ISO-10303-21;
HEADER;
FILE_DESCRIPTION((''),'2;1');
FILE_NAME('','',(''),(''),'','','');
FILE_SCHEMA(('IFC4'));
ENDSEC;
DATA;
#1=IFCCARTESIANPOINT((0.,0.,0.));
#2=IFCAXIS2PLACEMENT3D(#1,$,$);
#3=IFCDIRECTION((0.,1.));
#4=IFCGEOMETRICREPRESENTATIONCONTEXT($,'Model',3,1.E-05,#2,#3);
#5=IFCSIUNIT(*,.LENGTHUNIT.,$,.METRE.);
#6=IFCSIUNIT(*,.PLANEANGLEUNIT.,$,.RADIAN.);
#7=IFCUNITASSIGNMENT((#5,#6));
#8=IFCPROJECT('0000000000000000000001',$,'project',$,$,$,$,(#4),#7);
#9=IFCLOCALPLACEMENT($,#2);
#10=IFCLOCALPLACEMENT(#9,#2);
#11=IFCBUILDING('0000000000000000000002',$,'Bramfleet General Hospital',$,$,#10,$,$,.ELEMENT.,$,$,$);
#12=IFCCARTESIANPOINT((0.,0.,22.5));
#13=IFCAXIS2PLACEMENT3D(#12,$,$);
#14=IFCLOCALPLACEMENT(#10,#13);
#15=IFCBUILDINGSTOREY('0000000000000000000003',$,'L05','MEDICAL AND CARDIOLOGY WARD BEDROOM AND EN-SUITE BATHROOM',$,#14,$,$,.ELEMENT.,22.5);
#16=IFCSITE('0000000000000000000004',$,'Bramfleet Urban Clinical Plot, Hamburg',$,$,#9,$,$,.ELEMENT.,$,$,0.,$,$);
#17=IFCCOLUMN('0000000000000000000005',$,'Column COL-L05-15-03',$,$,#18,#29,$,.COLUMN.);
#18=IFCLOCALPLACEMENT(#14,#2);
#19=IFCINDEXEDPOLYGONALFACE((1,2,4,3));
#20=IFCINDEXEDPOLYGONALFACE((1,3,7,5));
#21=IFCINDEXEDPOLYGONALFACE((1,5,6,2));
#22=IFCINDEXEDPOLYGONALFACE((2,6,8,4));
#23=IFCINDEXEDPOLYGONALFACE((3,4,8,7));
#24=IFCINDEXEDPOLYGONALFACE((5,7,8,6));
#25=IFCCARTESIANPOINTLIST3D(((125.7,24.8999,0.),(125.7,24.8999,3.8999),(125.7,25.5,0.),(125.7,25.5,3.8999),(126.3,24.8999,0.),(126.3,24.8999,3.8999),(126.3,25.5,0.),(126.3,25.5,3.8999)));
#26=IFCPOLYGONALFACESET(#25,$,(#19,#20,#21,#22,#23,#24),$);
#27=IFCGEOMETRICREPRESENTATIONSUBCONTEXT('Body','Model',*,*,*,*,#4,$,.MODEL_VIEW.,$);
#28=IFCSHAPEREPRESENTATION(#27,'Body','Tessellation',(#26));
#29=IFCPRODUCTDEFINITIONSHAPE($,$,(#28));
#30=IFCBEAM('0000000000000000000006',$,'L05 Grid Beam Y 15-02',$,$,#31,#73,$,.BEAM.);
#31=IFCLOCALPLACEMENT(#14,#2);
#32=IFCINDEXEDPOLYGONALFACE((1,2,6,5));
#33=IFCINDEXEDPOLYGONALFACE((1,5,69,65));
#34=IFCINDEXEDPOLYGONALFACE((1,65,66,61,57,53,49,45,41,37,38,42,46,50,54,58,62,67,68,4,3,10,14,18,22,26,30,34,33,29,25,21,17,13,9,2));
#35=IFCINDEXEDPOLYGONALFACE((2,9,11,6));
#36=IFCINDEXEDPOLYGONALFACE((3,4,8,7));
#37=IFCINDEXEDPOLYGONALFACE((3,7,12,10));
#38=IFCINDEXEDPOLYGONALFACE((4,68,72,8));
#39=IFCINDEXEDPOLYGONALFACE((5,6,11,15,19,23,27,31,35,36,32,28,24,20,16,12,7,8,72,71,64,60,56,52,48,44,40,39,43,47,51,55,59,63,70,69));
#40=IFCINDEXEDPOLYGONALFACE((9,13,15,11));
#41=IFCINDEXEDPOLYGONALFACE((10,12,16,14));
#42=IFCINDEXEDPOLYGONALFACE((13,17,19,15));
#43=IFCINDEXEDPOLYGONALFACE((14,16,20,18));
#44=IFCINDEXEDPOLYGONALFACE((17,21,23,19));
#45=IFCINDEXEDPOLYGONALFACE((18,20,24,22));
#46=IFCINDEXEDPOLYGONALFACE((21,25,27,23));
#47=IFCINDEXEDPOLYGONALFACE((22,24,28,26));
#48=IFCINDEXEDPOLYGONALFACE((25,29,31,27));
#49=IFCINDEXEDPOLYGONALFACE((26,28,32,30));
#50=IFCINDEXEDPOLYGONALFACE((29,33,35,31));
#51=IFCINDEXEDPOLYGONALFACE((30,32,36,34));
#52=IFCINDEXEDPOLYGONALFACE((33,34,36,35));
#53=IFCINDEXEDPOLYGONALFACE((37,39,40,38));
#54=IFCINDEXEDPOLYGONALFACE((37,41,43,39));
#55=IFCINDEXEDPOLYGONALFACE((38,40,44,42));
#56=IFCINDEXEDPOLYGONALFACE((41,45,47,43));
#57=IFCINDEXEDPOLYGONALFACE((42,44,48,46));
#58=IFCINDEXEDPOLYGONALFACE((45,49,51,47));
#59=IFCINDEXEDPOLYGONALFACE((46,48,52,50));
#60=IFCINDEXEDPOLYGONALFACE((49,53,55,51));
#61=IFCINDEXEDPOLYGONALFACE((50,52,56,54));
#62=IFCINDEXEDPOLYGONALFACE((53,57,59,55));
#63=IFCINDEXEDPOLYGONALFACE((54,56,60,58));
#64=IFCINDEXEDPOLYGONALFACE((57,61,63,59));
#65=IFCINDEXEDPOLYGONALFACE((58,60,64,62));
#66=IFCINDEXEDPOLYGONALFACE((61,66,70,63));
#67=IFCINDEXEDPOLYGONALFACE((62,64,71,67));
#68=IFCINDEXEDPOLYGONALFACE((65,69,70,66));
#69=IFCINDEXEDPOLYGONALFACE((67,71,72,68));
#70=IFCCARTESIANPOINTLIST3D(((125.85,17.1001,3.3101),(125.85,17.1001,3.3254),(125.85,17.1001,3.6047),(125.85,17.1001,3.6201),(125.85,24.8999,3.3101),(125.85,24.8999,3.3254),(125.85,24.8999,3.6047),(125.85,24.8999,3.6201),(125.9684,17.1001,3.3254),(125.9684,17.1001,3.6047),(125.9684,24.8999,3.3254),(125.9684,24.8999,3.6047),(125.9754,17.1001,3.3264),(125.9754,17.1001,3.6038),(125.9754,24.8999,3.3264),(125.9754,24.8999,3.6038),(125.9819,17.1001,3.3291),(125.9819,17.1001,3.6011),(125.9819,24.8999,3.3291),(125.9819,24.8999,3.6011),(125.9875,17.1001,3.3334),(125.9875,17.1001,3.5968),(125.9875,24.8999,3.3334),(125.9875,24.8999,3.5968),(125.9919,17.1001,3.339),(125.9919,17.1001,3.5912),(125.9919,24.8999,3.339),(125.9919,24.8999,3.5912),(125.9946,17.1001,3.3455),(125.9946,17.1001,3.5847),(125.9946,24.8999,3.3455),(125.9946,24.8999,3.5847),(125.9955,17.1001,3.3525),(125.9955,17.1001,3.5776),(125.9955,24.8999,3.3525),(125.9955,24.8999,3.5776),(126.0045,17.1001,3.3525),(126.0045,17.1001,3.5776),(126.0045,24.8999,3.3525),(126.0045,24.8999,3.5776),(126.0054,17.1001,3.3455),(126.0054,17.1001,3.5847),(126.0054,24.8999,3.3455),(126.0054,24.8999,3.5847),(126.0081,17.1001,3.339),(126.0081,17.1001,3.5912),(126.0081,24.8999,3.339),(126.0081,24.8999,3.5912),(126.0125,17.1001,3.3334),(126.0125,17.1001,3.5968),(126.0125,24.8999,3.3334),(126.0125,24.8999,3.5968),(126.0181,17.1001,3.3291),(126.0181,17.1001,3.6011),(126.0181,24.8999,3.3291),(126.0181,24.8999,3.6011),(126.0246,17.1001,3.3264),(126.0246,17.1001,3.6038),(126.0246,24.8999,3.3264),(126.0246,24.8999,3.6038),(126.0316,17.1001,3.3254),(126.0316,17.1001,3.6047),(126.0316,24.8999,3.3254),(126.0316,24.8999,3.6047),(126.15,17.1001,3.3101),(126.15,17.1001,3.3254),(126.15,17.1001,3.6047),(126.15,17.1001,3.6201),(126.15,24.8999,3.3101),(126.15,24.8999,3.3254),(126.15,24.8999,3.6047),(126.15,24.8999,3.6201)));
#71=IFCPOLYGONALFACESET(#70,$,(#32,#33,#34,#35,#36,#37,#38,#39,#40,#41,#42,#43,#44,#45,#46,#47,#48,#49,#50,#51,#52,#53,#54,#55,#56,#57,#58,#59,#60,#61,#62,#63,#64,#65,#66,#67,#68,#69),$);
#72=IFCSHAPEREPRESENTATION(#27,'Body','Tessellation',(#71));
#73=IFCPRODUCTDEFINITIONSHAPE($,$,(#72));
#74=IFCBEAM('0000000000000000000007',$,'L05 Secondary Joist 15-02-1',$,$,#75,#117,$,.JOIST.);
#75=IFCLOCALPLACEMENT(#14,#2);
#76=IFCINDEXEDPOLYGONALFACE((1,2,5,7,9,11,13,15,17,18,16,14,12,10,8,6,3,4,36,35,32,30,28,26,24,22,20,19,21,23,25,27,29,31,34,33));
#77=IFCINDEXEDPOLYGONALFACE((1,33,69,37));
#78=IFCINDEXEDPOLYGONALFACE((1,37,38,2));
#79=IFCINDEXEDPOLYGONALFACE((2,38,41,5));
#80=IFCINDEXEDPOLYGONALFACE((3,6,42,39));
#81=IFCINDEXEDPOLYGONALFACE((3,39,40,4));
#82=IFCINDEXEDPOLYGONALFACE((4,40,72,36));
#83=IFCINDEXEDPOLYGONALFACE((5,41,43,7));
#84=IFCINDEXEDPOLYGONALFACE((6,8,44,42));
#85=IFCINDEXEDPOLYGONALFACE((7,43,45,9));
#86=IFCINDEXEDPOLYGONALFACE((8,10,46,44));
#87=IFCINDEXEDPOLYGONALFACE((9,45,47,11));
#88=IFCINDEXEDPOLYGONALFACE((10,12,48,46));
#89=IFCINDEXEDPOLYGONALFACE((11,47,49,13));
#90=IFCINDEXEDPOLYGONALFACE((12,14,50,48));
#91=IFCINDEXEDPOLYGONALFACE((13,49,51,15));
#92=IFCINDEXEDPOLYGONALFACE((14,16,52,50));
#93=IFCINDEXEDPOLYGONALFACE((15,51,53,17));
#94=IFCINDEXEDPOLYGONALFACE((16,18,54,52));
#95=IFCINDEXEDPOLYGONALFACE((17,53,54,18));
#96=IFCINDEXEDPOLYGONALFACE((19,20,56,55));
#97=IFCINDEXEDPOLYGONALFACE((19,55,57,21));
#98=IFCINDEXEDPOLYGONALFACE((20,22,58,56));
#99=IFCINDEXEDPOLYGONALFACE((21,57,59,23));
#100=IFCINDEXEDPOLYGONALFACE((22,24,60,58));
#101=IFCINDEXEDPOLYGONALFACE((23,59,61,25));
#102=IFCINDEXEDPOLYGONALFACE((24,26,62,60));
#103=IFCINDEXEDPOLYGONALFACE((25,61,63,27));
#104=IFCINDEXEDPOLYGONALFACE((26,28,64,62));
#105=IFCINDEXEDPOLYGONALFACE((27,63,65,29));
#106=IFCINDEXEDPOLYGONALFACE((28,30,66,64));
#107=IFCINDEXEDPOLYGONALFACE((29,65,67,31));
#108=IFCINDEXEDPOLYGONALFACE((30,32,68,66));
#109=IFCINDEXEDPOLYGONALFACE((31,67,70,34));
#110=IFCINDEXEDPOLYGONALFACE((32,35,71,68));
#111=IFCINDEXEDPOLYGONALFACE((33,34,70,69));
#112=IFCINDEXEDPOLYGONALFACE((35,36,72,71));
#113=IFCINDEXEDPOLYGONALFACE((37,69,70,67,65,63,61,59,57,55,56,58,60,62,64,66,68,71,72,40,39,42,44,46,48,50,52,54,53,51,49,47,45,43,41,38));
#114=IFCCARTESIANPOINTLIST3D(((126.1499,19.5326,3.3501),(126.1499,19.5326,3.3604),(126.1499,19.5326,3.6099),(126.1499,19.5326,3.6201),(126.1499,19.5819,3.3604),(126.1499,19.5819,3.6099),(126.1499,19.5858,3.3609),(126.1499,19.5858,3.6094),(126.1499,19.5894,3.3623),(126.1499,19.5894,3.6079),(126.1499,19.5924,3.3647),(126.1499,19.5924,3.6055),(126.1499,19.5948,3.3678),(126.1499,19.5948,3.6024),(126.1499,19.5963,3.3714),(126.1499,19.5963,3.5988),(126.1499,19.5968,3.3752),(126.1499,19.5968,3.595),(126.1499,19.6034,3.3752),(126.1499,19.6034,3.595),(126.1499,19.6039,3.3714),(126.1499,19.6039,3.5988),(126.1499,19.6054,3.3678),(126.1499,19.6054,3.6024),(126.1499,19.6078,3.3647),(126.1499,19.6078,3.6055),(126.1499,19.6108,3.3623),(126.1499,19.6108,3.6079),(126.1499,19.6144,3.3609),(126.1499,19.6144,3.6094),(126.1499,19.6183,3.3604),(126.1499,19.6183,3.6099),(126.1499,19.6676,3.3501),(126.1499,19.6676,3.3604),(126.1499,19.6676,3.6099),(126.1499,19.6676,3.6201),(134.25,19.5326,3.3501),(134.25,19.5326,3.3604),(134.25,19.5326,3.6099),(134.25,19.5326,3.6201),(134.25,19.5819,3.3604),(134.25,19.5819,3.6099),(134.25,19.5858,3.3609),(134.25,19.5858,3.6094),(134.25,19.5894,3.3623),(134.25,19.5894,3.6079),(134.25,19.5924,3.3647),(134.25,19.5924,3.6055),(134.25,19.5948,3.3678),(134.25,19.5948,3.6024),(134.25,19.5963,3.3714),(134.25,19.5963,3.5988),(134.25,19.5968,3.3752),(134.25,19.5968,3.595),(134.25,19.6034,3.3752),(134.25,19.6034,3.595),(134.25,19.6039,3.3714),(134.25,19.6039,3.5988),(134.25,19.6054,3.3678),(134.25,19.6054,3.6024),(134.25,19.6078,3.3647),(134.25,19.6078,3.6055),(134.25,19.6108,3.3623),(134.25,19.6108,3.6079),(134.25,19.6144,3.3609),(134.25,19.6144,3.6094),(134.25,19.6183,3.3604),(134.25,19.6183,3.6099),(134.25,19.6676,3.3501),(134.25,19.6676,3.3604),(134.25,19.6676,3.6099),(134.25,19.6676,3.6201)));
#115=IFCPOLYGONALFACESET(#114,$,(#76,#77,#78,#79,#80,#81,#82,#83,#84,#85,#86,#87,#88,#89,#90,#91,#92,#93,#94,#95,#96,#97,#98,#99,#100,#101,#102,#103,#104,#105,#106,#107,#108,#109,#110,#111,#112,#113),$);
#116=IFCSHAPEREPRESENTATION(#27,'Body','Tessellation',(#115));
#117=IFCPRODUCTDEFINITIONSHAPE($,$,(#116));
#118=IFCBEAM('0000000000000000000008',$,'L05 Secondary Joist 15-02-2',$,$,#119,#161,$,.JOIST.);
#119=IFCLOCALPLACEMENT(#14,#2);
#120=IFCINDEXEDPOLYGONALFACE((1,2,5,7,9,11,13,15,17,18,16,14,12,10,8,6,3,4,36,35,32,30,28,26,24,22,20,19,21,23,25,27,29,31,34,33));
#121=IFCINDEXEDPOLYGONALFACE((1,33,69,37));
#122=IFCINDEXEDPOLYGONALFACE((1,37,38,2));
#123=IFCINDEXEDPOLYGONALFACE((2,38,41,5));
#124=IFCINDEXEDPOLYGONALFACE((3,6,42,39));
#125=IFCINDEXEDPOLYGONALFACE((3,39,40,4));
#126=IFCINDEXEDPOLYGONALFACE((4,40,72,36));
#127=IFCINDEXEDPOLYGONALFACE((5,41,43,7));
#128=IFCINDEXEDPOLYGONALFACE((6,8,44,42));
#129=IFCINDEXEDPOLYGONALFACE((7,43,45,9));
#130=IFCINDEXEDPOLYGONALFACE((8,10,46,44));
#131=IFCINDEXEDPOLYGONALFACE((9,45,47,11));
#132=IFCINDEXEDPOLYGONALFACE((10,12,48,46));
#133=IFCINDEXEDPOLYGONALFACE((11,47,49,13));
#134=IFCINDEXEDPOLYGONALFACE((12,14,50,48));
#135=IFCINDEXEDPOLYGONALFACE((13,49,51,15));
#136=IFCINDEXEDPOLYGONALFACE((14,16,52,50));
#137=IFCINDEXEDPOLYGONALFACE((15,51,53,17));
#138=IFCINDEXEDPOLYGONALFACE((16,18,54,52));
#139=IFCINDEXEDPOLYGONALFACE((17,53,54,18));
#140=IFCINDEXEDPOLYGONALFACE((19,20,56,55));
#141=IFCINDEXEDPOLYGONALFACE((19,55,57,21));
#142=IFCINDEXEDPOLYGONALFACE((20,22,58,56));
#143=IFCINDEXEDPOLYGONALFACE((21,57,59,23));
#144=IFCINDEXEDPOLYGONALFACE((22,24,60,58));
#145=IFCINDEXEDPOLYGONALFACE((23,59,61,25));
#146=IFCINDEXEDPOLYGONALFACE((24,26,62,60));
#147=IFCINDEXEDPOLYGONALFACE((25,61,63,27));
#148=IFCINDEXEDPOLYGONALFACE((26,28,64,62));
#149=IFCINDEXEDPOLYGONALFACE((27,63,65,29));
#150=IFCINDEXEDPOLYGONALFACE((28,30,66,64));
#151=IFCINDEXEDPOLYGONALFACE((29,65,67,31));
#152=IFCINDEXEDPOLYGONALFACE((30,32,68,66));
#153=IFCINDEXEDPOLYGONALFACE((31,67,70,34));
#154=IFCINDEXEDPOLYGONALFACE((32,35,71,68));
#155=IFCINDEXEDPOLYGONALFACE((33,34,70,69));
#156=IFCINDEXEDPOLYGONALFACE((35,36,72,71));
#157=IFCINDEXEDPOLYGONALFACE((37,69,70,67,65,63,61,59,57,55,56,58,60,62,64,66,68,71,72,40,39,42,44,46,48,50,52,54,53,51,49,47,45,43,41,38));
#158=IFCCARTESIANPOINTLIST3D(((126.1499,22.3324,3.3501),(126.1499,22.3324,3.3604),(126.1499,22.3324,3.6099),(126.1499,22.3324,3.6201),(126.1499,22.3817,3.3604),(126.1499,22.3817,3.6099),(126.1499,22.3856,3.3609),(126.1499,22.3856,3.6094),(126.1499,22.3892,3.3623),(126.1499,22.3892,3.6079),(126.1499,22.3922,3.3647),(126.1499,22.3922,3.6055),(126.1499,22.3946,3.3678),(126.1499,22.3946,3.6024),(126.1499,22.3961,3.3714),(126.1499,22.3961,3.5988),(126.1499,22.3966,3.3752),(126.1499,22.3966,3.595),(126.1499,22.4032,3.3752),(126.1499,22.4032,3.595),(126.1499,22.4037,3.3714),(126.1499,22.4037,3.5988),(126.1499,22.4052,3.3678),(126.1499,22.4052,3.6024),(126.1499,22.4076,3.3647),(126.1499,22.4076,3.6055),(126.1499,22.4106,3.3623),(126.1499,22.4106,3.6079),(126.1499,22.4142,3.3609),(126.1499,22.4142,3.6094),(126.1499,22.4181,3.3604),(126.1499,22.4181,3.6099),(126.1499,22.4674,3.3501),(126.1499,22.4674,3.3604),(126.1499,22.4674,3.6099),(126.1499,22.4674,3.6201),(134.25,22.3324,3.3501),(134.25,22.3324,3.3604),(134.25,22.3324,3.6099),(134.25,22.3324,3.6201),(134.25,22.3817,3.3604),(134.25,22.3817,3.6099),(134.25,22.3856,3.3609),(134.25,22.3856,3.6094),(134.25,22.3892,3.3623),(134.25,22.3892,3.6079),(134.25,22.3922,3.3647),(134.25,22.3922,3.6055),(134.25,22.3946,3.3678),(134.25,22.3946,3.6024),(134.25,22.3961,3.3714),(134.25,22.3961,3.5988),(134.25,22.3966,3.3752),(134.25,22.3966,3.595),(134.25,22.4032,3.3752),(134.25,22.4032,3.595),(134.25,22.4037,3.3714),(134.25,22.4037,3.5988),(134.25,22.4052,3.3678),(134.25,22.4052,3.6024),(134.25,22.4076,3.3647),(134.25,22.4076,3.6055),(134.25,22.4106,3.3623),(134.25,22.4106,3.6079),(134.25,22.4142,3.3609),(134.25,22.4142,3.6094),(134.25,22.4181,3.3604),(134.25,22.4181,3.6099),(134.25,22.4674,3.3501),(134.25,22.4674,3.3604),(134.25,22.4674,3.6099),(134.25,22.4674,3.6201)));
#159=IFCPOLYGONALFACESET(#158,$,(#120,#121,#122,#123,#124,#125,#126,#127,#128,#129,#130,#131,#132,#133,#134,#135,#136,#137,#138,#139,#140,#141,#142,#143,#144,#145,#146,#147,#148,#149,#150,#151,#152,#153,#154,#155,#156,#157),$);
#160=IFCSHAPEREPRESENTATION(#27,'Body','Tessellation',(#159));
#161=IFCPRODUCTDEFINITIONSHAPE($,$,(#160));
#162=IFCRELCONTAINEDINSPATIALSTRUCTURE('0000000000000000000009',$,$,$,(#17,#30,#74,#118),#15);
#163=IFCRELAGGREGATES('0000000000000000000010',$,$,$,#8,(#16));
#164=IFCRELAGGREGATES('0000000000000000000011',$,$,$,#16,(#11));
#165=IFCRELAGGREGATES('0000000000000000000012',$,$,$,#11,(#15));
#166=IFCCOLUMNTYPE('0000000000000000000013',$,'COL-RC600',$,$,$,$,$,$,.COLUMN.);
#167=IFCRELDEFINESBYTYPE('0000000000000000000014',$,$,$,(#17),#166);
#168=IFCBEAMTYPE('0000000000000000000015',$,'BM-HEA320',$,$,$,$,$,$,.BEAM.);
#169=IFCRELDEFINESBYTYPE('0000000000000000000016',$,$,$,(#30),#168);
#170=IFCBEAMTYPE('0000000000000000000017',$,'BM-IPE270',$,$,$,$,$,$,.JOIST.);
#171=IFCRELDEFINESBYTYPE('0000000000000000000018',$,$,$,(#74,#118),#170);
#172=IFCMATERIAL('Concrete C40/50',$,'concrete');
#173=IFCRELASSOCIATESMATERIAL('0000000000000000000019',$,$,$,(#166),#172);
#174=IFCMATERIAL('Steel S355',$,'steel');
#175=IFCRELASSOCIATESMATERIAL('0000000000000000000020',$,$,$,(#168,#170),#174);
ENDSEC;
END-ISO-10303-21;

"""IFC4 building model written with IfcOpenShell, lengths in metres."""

from ifc_helpers import new_model, si_unit, direction, frame, origin, origin_2d, place, context, subcontext, project, spatial, rectangle, i_section, extrude, material, material_profile, profile_set, type_object, element, save


model = new_model("IFC4")

# Units and contexts
model_context = context("Model", 3, precision=1e-05, world=origin(), true_north=direction((0.0, 1.0)))
body_context = subcontext(model_context, "Body", "Model", "MODEL_VIEW")
ifc_project = project(units=[si_unit("LENGTHUNIT", "METRE"), si_unit("PLANEANGLEUNIT", "RADIAN")], contexts=[model_context])

# Site, building, storey
site_placement = place(None, origin())
site = spatial("IfcSite", under=ifc_project, at=site_placement, Name="Bramfleet Urban Clinical Plot, Hamburg", CompositionType="ELEMENT", RefElevation=0.0)
building_placement = place(site_placement, origin())
building = spatial("IfcBuilding", under=site, at=building_placement, Name="Bramfleet General Hospital", CompositionType="ELEMENT")
storey_placement = place(building_placement, frame((0.0, 0.0, 22.5)))
storey = spatial("IfcBuildingStorey", under=building, at=storey_placement, Name="L05", Description="MEDICAL AND CARDIOLOGY WARD BEDROOM AND EN-SUITE BATHROOM", CompositionType="ELEMENT", Elevation=22.5)

# Column
ifc_material_1 = material(Name="Concrete C40/50", Category="concrete")
ifc_material_profile_1 = material_profile(ifc_material_1, rectangle(XDim=0.6001, YDim=0.6001, at=origin_2d()), Name="RC COL 600x600")
ifc_profile_set_1 = profile_set([ifc_material_profile_1], Name="Concrete C40/50")
column_type = type_object("IfcColumnType", Name="COL-RC600", PredefinedType="COLUMN", material=ifc_profile_set_1)
column_placement = place(storey_placement, frame((126.0, 25.2, 0.0), z_axis=(0.0, 0.0, 1.0), x_axis=(1.0, 0.0, 0.0)))
element("IfcColumn", 1, at=column_placement, inside=storey, type_object=column_type, Name="Column COL-L05-15-03", PredefinedType="COLUMN", context=body_context, shape_type="SweptSolid", body=[
    extrude(rectangle(XDim=0.6001, YDim=0.6001, at=origin_2d()), origin(), (0.0, 0.0, 1.0), 3.8999),
])

# Beams
ifc_material_2 = material(Name="Steel S355", Category="steel")
ifc_material_profile_2 = material_profile(ifc_material_2, i_section(OverallWidth=0.3, OverallDepth=0.3101, WebThickness=0.009, FlangeThickness=0.0154, FilletRadius=0.0271, at=origin_2d()), Name="HEA 320")
ifc_profile_set_2 = profile_set([ifc_material_profile_2], Name="Steel S355")
beam_type_1 = type_object("IfcBeamType", Name="BM-HEA320", PredefinedType="BEAM", material=ifc_profile_set_2)
beam_1_placement = place(storey_placement, frame((126.0, 17.1001, 3.4651), z_axis=(0.0, 1.0, 0.0), x_axis=(-1.0, 0.0, 0.0)))
element("IfcBeam", 2, at=beam_1_placement, inside=storey, type_object=beam_type_1, Name="L05 Grid Beam Y 15-02", PredefinedType="BEAM", context=body_context, shape_type="SweptSolid", body=[
    extrude(i_section(OverallWidth=0.3, OverallDepth=0.3101, WebThickness=0.009, FlangeThickness=0.0154, FilletRadius=0.0271, at=origin_2d()), origin(), (0.0, 0.0, 1.0), 7.7998),
])
ifc_material_profile_3 = material_profile(ifc_material_2, i_section(OverallWidth=0.135, OverallDepth=0.27, WebThickness=0.0066, FlangeThickness=0.0103, FilletRadius=0.0149, at=origin_2d()), Name="IPE 270")
ifc_profile_set_3 = profile_set([ifc_material_profile_3], Name="Steel S355")
beam_type_2 = type_object("IfcBeamType", Name="BM-IPE270", PredefinedType="JOIST", material=ifc_profile_set_3)
for number, where, z_axis, x_axis, name in (
    (3, (126.1499, 19.6001, 3.4851), (1.0, 0.0, 0.0), (0.0, 1.0, 0.0), "L05 Secondary Joist 15-02-1"),
    (4, (126.1499, 22.3999, 3.4851), (1.0, 0.0, 0.0), (0.0, 1.0, 0.0), "L05 Secondary Joist 15-02-2"),
):
    element("IfcBeam", number, at=place(storey_placement, frame(where, z_axis=z_axis, x_axis=x_axis)), inside=storey, type_object=beam_type_2, Name=name, PredefinedType="JOIST", context=body_context, shape_type="SweptSolid", body=[
        extrude(i_section(OverallWidth=0.135, OverallDepth=0.27, WebThickness=0.0066, FlangeThickness=0.0103, FilletRadius=0.0149, at=origin_2d()), origin(), (0.0, 0.0, 1.0), 8.1001),
    ])

save(model, "model.ifc")
